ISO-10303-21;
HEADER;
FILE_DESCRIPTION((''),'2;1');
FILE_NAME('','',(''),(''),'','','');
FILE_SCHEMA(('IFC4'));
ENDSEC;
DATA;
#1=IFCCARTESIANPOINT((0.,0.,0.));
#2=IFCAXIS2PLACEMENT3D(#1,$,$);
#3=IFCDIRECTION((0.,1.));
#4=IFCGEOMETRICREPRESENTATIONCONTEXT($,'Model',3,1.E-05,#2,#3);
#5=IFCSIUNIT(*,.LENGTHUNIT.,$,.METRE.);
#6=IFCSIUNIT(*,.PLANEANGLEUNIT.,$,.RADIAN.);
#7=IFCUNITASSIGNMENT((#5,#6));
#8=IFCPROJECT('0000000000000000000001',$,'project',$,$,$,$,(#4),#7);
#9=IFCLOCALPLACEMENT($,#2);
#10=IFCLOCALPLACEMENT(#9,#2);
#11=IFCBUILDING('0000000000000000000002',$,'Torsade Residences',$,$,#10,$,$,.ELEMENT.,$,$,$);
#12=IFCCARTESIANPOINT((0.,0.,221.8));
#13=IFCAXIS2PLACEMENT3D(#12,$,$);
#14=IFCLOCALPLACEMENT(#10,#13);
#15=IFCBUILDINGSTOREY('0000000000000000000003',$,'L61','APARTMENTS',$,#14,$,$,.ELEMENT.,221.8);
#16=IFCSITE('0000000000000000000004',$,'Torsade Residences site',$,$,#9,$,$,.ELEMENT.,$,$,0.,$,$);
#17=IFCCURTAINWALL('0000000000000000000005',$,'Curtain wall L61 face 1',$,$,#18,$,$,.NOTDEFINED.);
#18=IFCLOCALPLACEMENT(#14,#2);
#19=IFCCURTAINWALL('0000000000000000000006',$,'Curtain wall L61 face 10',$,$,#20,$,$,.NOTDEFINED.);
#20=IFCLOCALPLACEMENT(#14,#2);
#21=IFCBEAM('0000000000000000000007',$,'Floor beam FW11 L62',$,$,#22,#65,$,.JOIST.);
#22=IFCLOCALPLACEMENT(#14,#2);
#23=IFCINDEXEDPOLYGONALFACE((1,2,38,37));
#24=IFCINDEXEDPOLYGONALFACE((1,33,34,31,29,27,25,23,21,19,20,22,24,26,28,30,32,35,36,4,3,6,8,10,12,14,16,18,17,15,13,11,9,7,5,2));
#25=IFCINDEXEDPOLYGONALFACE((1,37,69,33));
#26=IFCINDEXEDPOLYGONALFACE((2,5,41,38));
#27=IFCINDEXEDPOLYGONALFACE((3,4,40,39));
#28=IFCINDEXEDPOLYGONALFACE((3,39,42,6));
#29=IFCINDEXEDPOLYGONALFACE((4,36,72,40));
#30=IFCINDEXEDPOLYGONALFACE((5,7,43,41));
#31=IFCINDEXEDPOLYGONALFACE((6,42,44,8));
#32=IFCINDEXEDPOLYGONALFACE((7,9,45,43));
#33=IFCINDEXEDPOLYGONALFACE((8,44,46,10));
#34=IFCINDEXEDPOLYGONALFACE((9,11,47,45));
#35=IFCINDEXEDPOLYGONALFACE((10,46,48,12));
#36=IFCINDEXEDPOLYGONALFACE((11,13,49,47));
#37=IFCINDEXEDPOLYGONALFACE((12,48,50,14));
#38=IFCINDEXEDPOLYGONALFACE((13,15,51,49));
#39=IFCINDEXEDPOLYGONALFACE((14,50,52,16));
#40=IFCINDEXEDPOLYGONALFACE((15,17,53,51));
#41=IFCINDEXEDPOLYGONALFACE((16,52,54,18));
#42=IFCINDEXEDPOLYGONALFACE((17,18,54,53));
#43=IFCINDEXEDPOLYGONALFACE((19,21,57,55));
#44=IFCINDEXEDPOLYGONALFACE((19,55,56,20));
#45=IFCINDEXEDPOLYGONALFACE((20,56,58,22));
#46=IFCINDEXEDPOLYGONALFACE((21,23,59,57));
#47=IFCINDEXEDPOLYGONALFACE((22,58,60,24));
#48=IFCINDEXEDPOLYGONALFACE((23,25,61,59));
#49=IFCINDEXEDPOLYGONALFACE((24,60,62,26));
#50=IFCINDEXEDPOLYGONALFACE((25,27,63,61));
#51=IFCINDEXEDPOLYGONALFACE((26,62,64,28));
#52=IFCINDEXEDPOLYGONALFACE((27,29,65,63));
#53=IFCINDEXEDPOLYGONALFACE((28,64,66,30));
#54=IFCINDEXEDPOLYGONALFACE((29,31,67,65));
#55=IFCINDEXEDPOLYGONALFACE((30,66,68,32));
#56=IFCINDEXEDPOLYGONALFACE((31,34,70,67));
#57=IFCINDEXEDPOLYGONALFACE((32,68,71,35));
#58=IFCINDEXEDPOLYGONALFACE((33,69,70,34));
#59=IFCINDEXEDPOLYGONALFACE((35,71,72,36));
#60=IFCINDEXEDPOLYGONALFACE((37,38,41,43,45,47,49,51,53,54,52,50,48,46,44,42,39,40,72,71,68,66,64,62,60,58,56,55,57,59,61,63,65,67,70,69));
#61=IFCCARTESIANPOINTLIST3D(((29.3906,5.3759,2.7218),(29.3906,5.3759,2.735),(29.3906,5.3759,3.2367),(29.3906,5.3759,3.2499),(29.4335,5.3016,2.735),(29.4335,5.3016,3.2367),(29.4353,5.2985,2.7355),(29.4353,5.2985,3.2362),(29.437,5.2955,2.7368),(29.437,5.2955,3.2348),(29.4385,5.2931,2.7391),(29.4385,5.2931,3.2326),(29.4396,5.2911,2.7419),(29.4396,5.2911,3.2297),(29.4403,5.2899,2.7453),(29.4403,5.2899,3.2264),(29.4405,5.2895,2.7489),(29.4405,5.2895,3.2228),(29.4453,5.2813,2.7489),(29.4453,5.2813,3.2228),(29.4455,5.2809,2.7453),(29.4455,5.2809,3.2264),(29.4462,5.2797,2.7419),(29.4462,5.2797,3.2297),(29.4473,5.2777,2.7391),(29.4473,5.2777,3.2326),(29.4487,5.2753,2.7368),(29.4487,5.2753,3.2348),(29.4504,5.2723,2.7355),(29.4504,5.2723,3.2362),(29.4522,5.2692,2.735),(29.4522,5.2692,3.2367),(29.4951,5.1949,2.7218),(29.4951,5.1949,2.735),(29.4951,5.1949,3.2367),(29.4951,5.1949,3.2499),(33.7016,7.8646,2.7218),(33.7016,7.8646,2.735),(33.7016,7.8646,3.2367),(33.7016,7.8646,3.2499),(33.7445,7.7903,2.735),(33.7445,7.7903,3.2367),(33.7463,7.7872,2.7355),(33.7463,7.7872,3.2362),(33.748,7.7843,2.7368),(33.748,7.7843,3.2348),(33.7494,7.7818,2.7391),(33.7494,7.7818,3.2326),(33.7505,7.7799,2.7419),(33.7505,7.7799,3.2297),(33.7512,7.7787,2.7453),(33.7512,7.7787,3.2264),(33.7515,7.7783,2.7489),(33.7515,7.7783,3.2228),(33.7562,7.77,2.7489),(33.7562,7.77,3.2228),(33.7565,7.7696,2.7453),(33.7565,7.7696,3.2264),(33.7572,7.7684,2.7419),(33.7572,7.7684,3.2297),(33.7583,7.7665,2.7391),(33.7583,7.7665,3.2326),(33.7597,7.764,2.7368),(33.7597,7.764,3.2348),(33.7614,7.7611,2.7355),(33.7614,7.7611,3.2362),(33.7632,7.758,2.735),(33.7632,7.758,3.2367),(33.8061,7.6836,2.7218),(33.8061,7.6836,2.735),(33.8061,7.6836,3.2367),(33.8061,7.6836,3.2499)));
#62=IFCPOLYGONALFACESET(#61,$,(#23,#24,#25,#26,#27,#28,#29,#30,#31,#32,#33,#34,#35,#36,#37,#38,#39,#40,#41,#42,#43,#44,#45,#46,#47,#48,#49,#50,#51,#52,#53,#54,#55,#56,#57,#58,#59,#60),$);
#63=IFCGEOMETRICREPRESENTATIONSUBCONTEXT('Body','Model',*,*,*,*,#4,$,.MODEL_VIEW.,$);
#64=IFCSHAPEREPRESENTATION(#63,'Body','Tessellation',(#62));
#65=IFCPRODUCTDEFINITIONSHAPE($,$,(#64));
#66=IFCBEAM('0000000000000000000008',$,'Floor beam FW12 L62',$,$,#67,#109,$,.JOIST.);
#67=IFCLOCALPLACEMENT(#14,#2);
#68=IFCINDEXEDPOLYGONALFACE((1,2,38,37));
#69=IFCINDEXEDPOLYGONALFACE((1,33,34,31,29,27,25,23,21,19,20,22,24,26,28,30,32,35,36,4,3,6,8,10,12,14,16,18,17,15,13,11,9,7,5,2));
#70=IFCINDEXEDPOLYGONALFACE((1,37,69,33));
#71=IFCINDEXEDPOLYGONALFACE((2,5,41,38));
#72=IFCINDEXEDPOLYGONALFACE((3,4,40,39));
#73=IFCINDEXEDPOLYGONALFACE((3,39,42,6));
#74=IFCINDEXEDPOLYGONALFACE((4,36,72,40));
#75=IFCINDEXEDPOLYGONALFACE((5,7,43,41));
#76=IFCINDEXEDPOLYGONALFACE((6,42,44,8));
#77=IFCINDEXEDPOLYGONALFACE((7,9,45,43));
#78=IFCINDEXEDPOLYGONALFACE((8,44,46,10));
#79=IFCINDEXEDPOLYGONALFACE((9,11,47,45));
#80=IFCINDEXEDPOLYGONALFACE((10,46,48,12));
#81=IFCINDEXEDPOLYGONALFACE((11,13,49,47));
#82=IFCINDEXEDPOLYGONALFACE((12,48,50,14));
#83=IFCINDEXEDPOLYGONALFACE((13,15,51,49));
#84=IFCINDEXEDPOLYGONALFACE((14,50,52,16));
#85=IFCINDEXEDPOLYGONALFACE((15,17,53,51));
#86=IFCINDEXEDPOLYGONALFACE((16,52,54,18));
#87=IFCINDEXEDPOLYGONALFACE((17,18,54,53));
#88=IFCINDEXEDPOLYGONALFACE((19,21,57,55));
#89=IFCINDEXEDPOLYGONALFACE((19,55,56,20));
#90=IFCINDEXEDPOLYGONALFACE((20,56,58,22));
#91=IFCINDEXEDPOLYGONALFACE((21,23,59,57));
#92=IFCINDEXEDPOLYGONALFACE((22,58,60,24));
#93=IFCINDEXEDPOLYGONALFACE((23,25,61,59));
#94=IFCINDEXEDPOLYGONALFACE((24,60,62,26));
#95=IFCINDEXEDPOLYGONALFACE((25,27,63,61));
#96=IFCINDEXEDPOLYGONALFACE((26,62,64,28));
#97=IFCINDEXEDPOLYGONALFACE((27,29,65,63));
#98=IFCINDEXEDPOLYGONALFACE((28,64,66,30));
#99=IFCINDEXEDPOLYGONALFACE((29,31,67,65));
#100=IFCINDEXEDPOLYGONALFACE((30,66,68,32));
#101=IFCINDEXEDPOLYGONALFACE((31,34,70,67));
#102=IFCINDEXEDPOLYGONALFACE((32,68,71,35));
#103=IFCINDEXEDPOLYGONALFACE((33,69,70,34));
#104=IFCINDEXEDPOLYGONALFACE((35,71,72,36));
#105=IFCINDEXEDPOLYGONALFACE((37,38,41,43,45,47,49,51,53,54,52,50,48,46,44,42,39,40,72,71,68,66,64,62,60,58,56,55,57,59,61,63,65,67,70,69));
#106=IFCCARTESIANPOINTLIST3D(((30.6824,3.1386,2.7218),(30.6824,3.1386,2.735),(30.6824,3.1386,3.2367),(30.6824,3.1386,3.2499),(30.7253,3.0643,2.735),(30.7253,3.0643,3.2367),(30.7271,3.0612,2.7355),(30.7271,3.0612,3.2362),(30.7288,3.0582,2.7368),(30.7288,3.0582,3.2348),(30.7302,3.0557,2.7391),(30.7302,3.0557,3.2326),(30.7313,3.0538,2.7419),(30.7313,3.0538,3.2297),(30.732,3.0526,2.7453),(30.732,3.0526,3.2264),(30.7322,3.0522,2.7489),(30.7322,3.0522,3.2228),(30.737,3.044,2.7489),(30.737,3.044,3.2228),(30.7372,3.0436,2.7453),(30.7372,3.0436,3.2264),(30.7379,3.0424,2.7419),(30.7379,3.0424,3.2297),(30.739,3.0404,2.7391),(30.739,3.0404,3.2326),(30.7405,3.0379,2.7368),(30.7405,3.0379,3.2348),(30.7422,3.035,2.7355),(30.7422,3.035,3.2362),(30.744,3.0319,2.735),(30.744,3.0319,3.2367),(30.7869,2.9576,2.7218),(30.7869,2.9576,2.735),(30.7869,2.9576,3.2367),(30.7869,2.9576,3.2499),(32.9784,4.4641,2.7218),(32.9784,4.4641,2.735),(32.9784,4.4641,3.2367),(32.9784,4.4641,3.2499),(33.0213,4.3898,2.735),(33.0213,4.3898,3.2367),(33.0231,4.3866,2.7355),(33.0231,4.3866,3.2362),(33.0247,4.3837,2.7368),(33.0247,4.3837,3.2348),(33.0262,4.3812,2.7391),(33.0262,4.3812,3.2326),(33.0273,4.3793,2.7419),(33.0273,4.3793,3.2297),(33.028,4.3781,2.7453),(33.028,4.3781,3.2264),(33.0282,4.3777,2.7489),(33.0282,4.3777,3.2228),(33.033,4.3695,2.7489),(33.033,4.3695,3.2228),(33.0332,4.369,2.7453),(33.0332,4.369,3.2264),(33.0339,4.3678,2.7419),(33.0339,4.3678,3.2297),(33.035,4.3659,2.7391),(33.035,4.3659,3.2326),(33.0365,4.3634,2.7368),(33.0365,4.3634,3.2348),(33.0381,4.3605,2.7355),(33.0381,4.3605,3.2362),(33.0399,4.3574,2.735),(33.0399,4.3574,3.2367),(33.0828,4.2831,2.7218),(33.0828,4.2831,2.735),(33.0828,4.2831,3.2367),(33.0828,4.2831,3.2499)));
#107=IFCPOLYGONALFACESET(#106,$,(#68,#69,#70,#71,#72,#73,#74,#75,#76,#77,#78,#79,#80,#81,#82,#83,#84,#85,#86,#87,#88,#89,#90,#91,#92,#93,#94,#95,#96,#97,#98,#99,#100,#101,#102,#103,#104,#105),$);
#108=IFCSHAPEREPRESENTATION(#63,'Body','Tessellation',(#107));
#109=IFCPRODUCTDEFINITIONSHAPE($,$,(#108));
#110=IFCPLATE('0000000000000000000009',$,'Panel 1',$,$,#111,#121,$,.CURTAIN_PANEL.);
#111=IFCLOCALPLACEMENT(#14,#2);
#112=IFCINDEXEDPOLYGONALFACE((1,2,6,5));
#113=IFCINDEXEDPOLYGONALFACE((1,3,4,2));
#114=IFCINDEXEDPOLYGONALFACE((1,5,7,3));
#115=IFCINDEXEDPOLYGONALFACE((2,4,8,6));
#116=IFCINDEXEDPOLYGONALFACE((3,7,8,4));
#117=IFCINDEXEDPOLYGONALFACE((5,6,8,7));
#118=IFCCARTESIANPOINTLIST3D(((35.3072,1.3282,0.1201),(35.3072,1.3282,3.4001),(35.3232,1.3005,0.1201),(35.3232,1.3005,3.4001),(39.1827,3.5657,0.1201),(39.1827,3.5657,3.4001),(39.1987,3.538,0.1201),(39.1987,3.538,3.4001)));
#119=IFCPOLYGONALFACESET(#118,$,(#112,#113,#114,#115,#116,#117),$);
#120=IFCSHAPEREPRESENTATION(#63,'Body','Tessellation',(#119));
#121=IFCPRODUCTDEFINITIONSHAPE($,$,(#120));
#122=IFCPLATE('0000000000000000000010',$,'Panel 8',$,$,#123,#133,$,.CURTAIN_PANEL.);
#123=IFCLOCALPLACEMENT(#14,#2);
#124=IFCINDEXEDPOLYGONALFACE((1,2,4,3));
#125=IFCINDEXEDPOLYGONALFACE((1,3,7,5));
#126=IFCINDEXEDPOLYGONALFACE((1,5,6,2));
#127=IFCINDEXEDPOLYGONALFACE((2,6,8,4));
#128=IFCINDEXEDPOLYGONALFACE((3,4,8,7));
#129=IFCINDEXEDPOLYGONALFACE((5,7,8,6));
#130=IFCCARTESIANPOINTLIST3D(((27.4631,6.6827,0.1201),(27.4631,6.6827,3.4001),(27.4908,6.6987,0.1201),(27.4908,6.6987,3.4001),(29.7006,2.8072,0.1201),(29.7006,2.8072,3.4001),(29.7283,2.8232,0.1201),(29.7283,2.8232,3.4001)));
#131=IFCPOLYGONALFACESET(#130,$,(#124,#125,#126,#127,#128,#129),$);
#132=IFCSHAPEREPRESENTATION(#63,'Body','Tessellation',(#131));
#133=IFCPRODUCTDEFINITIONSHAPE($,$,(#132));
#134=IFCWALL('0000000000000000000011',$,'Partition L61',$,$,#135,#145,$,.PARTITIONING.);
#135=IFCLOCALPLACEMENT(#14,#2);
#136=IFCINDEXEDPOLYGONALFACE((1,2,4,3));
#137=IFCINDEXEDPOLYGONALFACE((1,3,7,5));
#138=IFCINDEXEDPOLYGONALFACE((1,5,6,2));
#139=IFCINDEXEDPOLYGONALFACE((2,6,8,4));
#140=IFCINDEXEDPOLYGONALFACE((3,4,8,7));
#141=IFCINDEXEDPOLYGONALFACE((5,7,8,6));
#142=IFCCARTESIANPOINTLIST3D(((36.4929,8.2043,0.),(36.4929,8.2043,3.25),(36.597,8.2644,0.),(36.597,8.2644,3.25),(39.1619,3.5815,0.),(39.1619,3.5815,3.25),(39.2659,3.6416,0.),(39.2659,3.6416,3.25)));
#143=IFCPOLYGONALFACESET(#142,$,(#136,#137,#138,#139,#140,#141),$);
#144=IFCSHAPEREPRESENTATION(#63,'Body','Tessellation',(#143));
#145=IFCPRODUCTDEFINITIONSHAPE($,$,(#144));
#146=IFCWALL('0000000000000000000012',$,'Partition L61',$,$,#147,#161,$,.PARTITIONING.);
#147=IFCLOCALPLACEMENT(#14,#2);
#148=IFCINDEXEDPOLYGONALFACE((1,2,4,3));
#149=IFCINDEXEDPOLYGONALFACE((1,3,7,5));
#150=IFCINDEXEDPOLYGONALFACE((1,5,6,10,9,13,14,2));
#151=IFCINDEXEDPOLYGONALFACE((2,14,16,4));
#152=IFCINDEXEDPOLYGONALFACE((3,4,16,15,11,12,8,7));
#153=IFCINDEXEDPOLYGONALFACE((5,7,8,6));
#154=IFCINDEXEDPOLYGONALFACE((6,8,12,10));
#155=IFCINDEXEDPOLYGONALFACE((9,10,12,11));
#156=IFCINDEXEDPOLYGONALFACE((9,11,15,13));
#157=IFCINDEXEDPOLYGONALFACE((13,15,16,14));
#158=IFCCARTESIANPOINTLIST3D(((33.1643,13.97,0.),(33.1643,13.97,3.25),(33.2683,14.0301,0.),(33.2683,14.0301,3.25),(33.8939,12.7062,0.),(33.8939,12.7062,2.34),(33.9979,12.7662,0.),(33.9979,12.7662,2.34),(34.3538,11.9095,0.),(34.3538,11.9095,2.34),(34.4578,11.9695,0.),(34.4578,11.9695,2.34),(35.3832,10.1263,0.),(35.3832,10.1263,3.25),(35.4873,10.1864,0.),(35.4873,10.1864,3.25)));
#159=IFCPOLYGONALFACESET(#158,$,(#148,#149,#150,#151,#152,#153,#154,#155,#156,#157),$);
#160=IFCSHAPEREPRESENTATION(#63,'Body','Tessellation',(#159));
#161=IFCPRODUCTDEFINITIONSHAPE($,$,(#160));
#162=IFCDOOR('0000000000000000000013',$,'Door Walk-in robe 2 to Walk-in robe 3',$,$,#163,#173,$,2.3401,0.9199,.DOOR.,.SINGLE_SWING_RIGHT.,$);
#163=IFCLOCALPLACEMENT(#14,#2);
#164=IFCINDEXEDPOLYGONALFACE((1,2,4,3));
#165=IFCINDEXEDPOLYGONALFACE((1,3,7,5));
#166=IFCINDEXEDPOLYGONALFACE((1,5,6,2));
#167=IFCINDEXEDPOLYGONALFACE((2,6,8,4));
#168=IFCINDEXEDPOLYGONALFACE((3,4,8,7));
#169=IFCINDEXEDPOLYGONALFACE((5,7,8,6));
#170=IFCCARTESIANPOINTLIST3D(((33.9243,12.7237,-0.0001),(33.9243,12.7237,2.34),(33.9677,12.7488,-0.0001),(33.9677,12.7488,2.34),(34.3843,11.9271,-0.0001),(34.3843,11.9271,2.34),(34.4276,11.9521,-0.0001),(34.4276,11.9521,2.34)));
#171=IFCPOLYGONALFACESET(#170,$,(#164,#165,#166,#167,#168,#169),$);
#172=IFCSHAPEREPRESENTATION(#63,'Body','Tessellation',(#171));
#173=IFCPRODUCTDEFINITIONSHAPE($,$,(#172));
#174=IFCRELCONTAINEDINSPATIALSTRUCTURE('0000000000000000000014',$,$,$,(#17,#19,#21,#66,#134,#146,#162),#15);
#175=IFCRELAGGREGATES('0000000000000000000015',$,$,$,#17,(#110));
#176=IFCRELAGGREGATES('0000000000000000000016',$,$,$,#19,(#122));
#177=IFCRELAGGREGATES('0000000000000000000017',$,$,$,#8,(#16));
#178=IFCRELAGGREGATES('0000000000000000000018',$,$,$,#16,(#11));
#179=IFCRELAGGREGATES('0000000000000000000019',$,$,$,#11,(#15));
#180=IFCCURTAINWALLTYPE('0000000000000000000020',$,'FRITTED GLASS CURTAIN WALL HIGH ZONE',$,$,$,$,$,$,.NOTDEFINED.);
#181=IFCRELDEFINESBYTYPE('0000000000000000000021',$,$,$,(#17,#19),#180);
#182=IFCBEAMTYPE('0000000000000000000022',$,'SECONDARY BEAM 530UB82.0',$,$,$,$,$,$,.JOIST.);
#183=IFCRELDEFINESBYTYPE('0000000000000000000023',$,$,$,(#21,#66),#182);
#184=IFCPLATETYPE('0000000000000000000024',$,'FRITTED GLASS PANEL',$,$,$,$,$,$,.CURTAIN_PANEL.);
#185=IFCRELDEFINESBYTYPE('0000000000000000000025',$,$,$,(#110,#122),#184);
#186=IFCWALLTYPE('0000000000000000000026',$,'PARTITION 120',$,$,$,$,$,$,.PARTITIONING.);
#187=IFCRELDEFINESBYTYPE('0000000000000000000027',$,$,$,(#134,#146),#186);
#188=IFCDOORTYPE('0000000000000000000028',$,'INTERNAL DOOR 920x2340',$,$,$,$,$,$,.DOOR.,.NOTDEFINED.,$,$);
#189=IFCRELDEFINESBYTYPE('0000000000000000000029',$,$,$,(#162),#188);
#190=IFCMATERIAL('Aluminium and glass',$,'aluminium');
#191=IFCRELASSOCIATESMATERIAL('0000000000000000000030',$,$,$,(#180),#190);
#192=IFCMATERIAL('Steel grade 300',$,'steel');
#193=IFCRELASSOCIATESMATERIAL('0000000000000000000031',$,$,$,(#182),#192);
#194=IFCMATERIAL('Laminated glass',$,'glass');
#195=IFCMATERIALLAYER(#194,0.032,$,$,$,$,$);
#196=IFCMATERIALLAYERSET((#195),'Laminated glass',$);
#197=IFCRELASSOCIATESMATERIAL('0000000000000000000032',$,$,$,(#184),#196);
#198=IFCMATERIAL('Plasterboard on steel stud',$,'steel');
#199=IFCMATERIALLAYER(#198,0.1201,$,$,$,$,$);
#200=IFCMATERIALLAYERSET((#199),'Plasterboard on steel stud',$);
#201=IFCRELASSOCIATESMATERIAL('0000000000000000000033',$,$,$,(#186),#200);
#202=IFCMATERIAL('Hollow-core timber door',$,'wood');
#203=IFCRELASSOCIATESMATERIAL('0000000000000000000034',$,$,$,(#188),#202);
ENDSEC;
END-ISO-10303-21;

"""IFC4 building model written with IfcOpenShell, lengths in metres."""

from ifc_helpers import new_model, si_unit, direction, frame, frame_2d, origin, origin_2d, place, context, subcontext, project, spatial, rectangle, i_section, extrude, material, layer, layer_set, material_profile, profile_set, type_object, element, fill, aggregate, save


model = new_model("IFC4")

# Units and contexts
model_context = context("Model", 3, precision=1e-05, world=origin(), true_north=direction((0.0, 1.0)))
body_context = subcontext(model_context, "Body", "Model", "MODEL_VIEW")
ifc_project = project(units=[si_unit("LENGTHUNIT", "METRE"), si_unit("PLANEANGLEUNIT", "RADIAN")], contexts=[model_context])

# Site, building, storey
site_placement = place(None, origin())
site = spatial("IfcSite", under=ifc_project, at=site_placement, Name="Torsade Residences site", CompositionType="ELEMENT", RefElevation=0.0)
building_placement = place(site_placement, origin())
building = spatial("IfcBuilding", under=site, at=building_placement, Name="Torsade Residences", CompositionType="ELEMENT")
storey_placement = place(building_placement, frame((0.0, 0.0, 221.8)))
storey = spatial("IfcBuildingStorey", under=building, at=storey_placement, Name="L61", Description="APARTMENTS", CompositionType="ELEMENT", Elevation=221.8)

# Curtain walls
ifc_material_1 = material(Name="Aluminium and glass", Category="aluminium")
curtain_wall_type = type_object("IfcCurtainWallType", Name="FRITTED GLASS CURTAIN WALL HIGH ZONE", PredefinedType="NOTDEFINED", material=ifc_material_1)
curtain_wall_1_placement = place(storey_placement, origin())
curtain_wall_1 = element("IfcCurtainWall", 1, at=curtain_wall_1_placement, inside=storey, type_object=curtain_wall_type, Name="Curtain wall L61 face 1", PredefinedType="NOTDEFINED")
curtain_wall_2_placement = place(storey_placement, origin())
curtain_wall_2 = element("IfcCurtainWall", 2, at=curtain_wall_2_placement, inside=storey, type_object=curtain_wall_type, Name="Curtain wall L61 face 10", PredefinedType="NOTDEFINED")

# Beams
ifc_material_2 = material(Name="Steel grade 300", Category="steel")
ifc_material_profile_1 = material_profile(ifc_material_2, i_section(OverallWidth=0.209, OverallDepth=0.5281, WebThickness=0.0095, FlangeThickness=0.0132, FilletRadius=0.0139, at=origin_2d()), Name="530UB82.0")
ifc_profile_set_1 = profile_set([ifc_material_profile_1], Name="Steel grade 300")
beam_type_1 = type_object("IfcBeamType", Name="SECONDARY BEAM 530UB82.0", PredefinedType="JOIST", material=ifc_profile_set_1)
beam_1_placement = place(storey_placement, frame((29.4429, 5.2854, 2.9858), z_axis=(0.866043, 0.499969, 0.0), x_axis=(-0.499969, 0.866043, 0.0)))
element("IfcBeam", 3, at=beam_1_placement, inside=storey, type_object=beam_type_1, Name="Floor beam FW11 L62", PredefinedType="JOIST", context=body_context, shape_type="SweptSolid", body=[
    extrude(i_section(OverallWidth=0.209, OverallDepth=0.5281, WebThickness=0.0095, FlangeThickness=0.0132, FilletRadius=0.0139, at=origin_2d()), origin(), (0.0, 0.0, 1.0), 4.9778),
])
beam_2_placement = place(storey_placement, frame((30.7346, 3.0481, 2.9858), z_axis=(0.866041, 0.499972, 0.0), x_axis=(-0.499972, 0.866041, 0.0)))
element("IfcBeam", 4, at=beam_2_placement, inside=storey, type_object=beam_type_1, Name="Floor beam FW12 L62", PredefinedType="JOIST", context=body_context, shape_type="SweptSolid", body=[
    extrude(i_section(OverallWidth=0.209, OverallDepth=0.5281, WebThickness=0.0095, FlangeThickness=0.0132, FilletRadius=0.0139, at=origin_2d()), origin(), (0.0, 0.0, 1.0), 2.6511),
])

# Plates
ifc_material_3 = material(Name="Laminated glass", Category="glass")
ifc_layer_1 = layer(ifc_material_3, 0.032)
ifc_layer_set_1 = layer_set([ifc_layer_1], Name="Laminated glass")
plate_type = type_object("IfcPlateType", Name="FRITTED GLASS PANEL", PredefinedType="CURTAIN_PANEL", material=ifc_layer_set_1)
plate_1_placement = place(storey_placement, frame((37.2529, 2.4331, 0.1201), z_axis=(0.0, 0.0, 1.0), x_axis=(0.866025, 0.5, 0.0)))
plate_1 = element("IfcPlate", 5, at=plate_1_placement, type_object=plate_type, Name="Panel 1", PredefinedType="CURTAIN_PANEL", context=body_context, shape_type="SweptSolid", body=[
    extrude(rectangle(XDim=4.4751, YDim=0.032, at=origin_2d()), origin(), (0.0, 0.0, 1.0), 3.28),
])
aggregate(curtain_wall_1, [plate_1])
plate_2_placement = place(storey_placement, frame((28.5957, 4.7529, 0.1201), z_axis=(0.0, 0.0, 1.0), x_axis=(0.5, -0.866025, 0.0)))
plate_2 = element("IfcPlate", 6, at=plate_2_placement, type_object=plate_type, Name="Panel 8", PredefinedType="CURTAIN_PANEL", context=body_context, shape_type="SweptSolid", body=[
    extrude(rectangle(XDim=4.4751, YDim=0.032, at=origin_2d()), origin(), (0.0, 0.0, 1.0), 3.28),
])
aggregate(curtain_wall_2, [plate_2])

# Wall
ifc_material_4 = material(Name="Plasterboard on steel stud", Category="steel")
ifc_layer_2 = layer(ifc_material_4, 0.1201)
ifc_layer_set_2 = layer_set([ifc_layer_2], Name="Plasterboard on steel stud")
wall_type_1 = type_object("IfcWallType", Name="PARTITION 120", PredefinedType="PARTITIONING", material=ifc_layer_set_2)
wall_1_placement = place(storey_placement, frame((39.2139, 3.6116, 0.0), z_axis=(0.0, 0.0, 1.0), x_axis=(-0.499996, 0.866028, 0.0)))
element("IfcWall", 7, at=wall_1_placement, inside=storey, type_object=wall_type_1, Name="Partition L61", PredefinedType="PARTITIONING", context=body_context, shape_type="SweptSolid", body=[
    extrude(rectangle(XDim=5.3379, YDim=0.1201, at=frame_2d((2.6689, 0.0))), origin(), (0.0, 0.0, 1.0), 3.25),
])

# Wall, opening, door
wall_2_placement = place(storey_placement, frame((35.4353, 10.1562, 0.0), z_axis=(0.0, 0.0, 1.0), x_axis=(-0.499967, 0.866045, 0.0)))
wall_2 = element("IfcWall", 8, at=wall_2_placement, inside=storey, type_object=wall_type_1, Name="Partition L61", PredefinedType="PARTITIONING", context=body_context, shape_type="SweptSolid", body=[
    extrude(rectangle(XDim=4.4382, YDim=0.1201, at=frame_2d((2.2192, 0.0))), origin(), (0.0, 0.0, 1.0), 3.25),
])
opening_1_placement = place(wall_2_placement, frame((2.0591, 0.0, 0.0)))
opening_1 = element("IfcOpeningElement", 9, at=opening_1_placement, cuts=wall_2, PredefinedType="OPENING", context=body_context, shape_type="SweptSolid", body=[
    extrude(rectangle(XDim=0.9199, YDim=2.3401, at=frame_2d((0.46, 1.1699))), frame((0.0, 0.0701, 0.0), z_axis=(0.0, -1.0, 0.0), x_axis=(1.0, 0.0, 0.0)), (0.0, 0.0, 1.0), 0.1401),
])
ifc_material_5 = material(Name="Hollow-core timber door", Category="wood")
door_type_1 = type_object("IfcDoorType", Name="INTERNAL DOOR 920x2340", OperationType="NOTDEFINED", PredefinedType="DOOR", material=ifc_material_5)
door_1_placement = place(opening_1_placement, origin())
door_1 = element("IfcDoor", 10, at=door_1_placement, inside=storey, type_object=door_type_1, Name="Door Walk-in robe 2 to Walk-in robe 3", OperationType="SINGLE_SWING_RIGHT", OverallHeight=2.3401, OverallWidth=0.9199, PredefinedType="DOOR", context=body_context, shape_type="SweptSolid", body=[
    extrude(rectangle(XDim=0.9199, YDim=2.3401, at=frame_2d((0.46, 1.1699))), frame((0.0, 0.0249, 0.0), z_axis=(0.0, -1.0, 0.0), x_axis=(1.0, 0.0, 0.0)), (0.0, 0.0, 1.0), 0.05),
])
fill(opening_1, door_1)

save(model, "model.ifc")
